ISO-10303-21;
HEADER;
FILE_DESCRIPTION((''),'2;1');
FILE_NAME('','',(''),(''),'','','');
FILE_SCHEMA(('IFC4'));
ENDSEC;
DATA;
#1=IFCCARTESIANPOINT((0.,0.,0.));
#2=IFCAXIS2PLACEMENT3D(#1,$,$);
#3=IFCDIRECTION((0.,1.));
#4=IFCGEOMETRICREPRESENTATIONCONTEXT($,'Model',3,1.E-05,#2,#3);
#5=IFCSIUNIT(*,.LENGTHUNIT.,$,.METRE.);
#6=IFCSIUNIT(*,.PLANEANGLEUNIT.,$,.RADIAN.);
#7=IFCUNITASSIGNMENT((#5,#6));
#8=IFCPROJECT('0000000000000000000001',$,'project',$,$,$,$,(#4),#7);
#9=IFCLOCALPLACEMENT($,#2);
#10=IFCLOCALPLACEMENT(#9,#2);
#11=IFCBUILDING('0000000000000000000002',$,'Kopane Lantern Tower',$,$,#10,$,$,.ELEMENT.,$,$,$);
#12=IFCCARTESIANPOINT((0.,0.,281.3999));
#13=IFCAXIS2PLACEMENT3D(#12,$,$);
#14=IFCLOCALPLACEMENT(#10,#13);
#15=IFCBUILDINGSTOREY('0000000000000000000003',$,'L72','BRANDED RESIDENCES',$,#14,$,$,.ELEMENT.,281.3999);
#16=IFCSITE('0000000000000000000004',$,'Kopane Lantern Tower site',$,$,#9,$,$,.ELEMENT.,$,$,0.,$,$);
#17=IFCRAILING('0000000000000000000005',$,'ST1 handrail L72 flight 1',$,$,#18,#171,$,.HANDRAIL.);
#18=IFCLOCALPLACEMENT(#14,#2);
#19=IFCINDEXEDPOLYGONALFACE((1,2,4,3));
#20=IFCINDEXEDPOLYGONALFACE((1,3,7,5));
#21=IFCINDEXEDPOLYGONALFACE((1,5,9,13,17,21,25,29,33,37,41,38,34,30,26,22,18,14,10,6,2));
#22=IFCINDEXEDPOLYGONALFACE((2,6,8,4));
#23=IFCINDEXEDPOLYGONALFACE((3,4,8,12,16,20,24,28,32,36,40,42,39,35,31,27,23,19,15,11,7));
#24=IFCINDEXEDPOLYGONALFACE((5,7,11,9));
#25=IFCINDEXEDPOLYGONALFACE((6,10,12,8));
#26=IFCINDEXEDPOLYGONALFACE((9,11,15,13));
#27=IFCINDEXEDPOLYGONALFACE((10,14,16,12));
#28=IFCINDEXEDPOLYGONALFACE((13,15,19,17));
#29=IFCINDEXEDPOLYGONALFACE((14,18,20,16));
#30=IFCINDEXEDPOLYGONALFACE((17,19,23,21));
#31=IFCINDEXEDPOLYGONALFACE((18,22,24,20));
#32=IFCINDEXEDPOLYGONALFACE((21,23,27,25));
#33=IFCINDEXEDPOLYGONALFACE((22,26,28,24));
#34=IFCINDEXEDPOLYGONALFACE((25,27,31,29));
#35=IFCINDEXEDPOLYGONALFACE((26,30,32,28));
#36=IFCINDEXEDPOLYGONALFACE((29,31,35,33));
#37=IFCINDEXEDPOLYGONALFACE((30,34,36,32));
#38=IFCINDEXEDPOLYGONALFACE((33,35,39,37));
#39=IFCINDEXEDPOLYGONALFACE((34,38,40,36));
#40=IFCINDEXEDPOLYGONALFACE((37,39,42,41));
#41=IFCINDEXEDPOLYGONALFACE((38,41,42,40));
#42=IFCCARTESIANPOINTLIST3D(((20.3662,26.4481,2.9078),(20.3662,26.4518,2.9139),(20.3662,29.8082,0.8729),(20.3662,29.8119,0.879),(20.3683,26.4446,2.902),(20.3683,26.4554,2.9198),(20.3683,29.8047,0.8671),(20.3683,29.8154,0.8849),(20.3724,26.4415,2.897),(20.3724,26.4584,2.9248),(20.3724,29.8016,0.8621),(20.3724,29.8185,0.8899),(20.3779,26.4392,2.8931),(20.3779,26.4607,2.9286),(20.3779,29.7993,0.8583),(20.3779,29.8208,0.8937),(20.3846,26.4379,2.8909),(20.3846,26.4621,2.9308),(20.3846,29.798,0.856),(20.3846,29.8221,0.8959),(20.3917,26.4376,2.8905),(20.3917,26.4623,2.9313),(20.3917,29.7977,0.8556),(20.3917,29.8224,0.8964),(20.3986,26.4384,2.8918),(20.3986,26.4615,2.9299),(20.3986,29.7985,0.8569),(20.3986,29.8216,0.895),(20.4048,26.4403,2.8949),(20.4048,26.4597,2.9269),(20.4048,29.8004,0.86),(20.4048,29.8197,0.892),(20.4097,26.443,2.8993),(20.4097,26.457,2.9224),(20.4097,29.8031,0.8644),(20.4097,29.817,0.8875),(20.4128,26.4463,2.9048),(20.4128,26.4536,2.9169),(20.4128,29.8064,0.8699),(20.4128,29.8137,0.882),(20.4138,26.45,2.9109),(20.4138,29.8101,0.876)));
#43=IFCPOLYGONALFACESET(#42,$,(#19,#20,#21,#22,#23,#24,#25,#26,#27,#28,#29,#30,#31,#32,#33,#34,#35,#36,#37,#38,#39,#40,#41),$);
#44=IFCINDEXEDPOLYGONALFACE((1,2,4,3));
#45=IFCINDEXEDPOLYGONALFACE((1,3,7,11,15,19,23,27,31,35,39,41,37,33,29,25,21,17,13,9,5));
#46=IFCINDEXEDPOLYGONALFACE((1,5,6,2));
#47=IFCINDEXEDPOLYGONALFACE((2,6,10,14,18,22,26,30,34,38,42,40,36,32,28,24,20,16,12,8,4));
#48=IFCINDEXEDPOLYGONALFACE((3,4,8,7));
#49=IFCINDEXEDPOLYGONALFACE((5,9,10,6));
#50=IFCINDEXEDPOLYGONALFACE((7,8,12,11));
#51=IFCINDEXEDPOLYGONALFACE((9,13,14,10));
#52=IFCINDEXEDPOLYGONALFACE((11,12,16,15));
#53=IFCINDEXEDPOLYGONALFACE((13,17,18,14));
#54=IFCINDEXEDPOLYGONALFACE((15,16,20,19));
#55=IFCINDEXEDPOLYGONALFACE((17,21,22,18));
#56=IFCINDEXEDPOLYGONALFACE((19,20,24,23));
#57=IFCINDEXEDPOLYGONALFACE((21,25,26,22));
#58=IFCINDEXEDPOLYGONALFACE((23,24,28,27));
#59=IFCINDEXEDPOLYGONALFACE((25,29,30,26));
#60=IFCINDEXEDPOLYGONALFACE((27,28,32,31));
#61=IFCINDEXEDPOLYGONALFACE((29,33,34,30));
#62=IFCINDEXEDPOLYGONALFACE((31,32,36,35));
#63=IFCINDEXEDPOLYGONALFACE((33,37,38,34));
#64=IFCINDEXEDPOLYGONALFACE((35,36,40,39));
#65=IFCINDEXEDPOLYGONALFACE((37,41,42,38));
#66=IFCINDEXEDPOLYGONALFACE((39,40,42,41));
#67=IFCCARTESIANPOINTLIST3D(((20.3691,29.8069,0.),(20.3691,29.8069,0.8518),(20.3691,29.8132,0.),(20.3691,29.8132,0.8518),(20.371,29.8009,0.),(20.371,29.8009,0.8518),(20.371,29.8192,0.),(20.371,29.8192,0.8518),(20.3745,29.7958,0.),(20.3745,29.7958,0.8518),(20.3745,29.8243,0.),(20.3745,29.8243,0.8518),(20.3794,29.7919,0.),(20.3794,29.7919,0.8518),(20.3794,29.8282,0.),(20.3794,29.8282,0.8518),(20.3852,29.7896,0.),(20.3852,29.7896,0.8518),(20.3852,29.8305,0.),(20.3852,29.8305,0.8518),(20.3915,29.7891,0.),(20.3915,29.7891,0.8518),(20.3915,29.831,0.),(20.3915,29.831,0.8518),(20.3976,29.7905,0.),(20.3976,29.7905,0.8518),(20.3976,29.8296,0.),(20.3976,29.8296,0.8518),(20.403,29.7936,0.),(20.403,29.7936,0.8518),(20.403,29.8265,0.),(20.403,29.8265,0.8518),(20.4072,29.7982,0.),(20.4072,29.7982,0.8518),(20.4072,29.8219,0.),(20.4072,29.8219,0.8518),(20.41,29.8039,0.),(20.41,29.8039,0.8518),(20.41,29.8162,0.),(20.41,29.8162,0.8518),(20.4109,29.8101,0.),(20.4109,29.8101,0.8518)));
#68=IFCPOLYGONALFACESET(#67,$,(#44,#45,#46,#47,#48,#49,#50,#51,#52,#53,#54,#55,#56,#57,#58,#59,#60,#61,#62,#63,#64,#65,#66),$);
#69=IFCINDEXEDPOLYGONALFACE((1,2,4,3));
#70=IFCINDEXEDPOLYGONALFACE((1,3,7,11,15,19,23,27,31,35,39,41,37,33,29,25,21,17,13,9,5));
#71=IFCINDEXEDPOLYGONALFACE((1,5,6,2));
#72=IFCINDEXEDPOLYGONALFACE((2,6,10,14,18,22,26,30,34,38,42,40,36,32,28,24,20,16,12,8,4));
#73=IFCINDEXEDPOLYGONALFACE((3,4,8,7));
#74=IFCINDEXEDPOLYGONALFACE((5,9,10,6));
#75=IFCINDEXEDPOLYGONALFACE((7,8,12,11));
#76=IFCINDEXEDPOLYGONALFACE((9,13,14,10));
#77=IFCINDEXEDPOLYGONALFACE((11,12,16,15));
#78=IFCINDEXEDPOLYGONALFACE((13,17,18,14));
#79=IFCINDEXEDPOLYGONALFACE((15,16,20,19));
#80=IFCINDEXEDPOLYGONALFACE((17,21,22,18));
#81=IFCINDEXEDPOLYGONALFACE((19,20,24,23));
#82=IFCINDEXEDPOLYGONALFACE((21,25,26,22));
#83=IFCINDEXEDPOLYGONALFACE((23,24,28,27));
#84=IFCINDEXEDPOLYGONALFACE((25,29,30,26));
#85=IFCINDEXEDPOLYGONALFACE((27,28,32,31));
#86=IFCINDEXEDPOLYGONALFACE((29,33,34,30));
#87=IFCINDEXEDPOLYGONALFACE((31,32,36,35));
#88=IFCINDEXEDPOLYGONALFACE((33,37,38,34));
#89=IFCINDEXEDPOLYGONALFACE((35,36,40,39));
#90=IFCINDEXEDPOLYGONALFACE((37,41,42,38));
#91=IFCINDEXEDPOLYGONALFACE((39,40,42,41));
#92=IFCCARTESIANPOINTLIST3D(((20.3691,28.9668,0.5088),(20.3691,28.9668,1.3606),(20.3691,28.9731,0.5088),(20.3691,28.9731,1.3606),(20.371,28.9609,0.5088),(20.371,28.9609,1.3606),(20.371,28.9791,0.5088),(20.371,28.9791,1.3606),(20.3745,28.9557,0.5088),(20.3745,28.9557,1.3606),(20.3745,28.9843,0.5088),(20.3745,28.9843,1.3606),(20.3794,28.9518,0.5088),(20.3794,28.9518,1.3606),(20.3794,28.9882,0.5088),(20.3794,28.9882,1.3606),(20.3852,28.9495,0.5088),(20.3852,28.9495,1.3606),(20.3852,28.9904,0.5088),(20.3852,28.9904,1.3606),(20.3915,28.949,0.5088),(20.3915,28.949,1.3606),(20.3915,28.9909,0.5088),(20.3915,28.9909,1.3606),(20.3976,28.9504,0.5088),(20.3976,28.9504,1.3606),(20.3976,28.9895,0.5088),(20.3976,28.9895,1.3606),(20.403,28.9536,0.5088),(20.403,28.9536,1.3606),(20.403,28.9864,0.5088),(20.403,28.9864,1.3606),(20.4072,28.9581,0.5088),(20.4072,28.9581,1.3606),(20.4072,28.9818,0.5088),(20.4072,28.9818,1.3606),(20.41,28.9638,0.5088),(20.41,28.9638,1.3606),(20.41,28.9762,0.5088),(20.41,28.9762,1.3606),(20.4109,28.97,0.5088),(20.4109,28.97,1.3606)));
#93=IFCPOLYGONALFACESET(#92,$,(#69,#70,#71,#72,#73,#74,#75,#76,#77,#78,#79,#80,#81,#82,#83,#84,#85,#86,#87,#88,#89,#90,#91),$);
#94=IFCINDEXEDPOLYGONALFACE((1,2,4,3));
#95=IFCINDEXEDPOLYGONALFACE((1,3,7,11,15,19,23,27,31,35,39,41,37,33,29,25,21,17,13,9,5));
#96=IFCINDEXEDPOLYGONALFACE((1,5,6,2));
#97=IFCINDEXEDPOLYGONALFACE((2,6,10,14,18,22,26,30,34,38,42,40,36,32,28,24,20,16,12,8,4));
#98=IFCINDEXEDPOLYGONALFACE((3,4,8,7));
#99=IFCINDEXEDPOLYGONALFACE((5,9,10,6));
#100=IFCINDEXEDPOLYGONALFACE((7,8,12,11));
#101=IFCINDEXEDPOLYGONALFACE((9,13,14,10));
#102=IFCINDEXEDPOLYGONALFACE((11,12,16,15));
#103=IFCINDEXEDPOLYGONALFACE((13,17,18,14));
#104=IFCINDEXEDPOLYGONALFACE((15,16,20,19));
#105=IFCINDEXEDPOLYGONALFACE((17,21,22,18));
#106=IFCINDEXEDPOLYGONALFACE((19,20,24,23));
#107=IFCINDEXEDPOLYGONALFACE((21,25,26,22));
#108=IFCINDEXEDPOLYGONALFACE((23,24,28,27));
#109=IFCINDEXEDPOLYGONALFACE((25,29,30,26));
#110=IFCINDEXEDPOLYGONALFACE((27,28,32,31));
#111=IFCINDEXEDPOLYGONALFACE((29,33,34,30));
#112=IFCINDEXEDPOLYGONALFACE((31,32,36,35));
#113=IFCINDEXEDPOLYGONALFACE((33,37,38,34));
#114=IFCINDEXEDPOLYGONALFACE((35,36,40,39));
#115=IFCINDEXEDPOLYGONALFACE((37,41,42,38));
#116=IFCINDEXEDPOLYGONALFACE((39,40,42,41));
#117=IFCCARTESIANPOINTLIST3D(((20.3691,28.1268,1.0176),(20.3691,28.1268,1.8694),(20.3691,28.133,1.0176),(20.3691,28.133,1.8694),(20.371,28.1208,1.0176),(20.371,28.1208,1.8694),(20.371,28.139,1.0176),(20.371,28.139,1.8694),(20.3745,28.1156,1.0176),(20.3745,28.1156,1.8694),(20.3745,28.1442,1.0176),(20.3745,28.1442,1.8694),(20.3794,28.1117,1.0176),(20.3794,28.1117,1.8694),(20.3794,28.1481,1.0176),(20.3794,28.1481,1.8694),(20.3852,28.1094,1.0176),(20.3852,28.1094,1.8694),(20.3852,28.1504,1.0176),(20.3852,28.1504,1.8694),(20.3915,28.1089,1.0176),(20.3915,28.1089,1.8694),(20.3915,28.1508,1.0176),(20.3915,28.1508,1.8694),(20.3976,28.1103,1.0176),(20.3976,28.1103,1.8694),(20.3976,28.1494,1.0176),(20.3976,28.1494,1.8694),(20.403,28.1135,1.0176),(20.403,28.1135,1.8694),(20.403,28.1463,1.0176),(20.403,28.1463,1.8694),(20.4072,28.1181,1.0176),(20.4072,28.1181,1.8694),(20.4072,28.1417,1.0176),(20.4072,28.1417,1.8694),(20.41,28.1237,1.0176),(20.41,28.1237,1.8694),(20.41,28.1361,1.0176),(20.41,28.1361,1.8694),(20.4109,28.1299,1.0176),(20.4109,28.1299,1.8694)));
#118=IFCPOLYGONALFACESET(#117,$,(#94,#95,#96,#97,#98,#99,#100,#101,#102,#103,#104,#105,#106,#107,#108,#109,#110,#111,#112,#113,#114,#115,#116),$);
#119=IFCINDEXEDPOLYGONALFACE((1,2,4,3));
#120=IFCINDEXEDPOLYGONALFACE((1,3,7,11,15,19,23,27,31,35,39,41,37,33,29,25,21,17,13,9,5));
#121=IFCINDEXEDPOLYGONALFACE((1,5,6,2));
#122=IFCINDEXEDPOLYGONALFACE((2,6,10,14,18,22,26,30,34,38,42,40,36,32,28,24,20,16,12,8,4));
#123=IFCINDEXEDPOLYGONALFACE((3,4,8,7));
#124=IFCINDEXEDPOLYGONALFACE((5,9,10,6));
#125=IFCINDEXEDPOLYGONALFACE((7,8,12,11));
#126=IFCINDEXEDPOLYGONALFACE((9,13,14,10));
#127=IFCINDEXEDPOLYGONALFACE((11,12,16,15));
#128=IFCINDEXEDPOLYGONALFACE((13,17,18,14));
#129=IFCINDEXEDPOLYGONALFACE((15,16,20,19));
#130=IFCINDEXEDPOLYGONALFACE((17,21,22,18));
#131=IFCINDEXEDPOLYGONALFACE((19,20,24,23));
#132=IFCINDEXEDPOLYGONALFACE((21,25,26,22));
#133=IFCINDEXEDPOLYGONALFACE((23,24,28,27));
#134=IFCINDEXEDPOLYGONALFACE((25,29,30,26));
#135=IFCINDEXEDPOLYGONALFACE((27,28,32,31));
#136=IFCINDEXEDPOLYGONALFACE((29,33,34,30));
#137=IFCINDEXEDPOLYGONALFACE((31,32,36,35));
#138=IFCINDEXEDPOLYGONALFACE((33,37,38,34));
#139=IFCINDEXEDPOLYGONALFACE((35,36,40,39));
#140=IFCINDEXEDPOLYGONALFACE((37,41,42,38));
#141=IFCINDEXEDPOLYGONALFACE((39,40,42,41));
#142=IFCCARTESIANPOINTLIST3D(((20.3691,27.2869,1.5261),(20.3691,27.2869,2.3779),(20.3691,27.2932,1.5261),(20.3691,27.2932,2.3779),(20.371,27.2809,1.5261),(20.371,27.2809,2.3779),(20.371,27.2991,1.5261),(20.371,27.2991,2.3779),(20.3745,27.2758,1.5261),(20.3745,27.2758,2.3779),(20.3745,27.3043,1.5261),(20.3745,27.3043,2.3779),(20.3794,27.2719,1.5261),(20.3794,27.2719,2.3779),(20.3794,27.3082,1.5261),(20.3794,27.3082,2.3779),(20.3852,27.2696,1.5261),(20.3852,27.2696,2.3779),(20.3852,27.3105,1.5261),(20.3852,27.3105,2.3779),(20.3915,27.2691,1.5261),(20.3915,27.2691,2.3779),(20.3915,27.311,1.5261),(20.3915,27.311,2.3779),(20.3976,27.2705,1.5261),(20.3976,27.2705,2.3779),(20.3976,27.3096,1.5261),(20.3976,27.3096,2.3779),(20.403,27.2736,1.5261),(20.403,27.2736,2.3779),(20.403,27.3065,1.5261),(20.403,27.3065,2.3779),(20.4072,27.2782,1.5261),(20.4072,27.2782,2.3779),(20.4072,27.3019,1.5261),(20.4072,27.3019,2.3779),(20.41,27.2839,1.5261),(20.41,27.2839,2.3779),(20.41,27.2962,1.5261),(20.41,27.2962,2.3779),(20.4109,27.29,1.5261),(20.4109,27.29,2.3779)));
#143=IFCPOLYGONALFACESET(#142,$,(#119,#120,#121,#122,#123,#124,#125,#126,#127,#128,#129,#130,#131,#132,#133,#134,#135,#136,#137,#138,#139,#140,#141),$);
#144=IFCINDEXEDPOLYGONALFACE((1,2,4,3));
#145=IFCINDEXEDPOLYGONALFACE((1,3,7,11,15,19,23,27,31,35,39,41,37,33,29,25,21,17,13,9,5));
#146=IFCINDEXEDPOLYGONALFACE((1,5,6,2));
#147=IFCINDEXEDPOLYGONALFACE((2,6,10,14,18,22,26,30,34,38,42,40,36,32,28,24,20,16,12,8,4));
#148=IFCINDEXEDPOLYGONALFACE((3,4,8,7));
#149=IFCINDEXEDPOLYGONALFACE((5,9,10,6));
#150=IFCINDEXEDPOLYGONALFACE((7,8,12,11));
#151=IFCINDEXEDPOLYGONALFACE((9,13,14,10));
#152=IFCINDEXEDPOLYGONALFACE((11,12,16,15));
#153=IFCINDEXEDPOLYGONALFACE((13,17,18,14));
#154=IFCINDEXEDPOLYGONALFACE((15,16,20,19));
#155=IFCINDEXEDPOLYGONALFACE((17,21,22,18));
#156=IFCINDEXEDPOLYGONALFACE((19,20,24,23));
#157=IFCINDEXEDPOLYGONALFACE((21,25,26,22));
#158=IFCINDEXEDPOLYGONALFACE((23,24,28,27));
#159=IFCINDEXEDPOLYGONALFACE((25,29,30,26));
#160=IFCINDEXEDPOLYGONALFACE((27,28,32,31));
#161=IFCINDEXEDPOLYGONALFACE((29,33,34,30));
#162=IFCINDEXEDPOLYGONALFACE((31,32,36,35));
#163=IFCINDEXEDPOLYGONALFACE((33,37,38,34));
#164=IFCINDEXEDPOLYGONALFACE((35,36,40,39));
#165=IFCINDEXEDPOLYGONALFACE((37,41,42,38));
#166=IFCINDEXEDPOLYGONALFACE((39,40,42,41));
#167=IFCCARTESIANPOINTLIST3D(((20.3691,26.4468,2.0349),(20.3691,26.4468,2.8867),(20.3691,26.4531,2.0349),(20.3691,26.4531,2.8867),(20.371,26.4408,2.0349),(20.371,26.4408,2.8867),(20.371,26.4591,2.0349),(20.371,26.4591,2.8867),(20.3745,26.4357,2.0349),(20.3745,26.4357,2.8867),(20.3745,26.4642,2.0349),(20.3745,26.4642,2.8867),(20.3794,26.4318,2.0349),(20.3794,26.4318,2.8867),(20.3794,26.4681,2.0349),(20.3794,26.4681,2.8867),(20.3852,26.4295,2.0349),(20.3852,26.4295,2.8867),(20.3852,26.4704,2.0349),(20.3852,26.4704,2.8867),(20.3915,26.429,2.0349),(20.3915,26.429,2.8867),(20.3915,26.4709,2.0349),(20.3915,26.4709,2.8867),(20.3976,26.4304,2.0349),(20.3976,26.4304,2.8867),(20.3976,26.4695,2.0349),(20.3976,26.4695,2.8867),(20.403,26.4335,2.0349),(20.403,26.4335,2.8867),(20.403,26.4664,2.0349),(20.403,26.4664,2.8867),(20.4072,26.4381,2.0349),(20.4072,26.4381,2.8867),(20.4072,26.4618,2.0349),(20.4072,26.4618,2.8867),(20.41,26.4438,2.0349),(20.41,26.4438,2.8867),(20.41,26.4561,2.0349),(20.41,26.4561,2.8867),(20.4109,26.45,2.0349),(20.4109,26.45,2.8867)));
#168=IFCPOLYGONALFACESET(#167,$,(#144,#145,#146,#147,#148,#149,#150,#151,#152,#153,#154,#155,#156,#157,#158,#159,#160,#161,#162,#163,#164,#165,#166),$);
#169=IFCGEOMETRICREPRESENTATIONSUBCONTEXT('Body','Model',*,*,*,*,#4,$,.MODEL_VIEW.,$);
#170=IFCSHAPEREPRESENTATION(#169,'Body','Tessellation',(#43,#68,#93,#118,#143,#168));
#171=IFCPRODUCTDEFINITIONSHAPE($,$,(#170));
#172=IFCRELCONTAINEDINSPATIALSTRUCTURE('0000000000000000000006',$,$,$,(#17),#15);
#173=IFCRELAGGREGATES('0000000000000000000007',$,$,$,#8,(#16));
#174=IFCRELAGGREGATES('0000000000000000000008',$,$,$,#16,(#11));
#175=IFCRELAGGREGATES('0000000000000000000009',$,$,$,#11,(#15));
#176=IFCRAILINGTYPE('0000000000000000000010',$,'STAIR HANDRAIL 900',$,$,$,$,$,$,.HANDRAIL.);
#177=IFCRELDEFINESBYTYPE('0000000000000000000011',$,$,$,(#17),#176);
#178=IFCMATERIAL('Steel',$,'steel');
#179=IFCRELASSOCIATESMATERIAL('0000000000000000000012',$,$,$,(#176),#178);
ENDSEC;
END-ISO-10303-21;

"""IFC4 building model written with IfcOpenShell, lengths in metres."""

from ifc_helpers import new_model, si_unit, direction, frame, origin, origin_2d, place, context, subcontext, project, spatial, circle, extrude, material, type_object, element, save


model = new_model("IFC4")

# Units and contexts
model_context = context("Model", 3, precision=1e-05, world=origin(), true_north=direction((0.0, 1.0)))
body_context = subcontext(model_context, "Body", "Model", "MODEL_VIEW")
ifc_project = project(units=[si_unit("LENGTHUNIT", "METRE"), si_unit("PLANEANGLEUNIT", "RADIAN")], contexts=[model_context])

# Site, building, storey
site_placement = place(None, origin())
site = spatial("IfcSite", under=ifc_project, at=site_placement, Name="Kopane Lantern Tower site", CompositionType="ELEMENT", RefElevation=0.0)
building_placement = place(site_placement, origin())
building = spatial("IfcBuilding", under=site, at=building_placement, Name="Kopane Lantern Tower", CompositionType="ELEMENT")
storey_placement = place(building_placement, frame((0.0, 0.0, 281.3999)))
storey = spatial("IfcBuildingStorey", under=building, at=storey_placement, Name="L72", Description="BRANDED RESIDENCES", CompositionType="ELEMENT", Elevation=281.3999)

# Railing
ifc_material_1 = material(Name="Steel", Category="steel")
railing_type_1 = type_object("IfcRailingType", Name="STAIR HANDRAIL 900", PredefinedType="HANDRAIL", material=ifc_material_1)
for number, where, name in (
    (1, (20.3899, 29.8101, 0.0), "ST1 handrail L72 flight 1"),
):
    element("IfcRailing", number, at=place(storey_placement, frame(where)), inside=storey, type_object=railing_type_1, Name=name, PredefinedType="HANDRAIL", context=body_context, shape_type="SweptSolid", body=[
        extrude(circle(Radius=0.0239, at=origin_2d()), frame((0.0, 0.0, 0.876), z_axis=(0.0, -0.855369, 0.518019), x_axis=(1.0, 0.0, 0.0)), (0.0, 0.0, 1.0), 3.9282),
        extrude(circle(Radius=0.021, at=origin_2d()), origin(), (0.0, 0.0, 1.0), 0.8518),
        extrude(circle(Radius=0.021, at=origin_2d()), frame((0.0, -0.8401, 0.5088)), (0.0, 0.0, 1.0), 0.8518),
        extrude(circle(Radius=0.021, at=origin_2d()), frame((0.0, -1.6802, 1.0176)), (0.0, 0.0, 1.0), 0.8518),
        extrude(circle(Radius=0.021, at=origin_2d()), frame((0.0, -2.52, 1.5261)), (0.0, 0.0, 1.0), 0.8518),
        extrude(circle(Radius=0.021, at=origin_2d()), frame((0.0, -3.3601, 2.0349)), (0.0, 0.0, 1.0), 0.8518),
    ])

save(model, "model.ifc")
